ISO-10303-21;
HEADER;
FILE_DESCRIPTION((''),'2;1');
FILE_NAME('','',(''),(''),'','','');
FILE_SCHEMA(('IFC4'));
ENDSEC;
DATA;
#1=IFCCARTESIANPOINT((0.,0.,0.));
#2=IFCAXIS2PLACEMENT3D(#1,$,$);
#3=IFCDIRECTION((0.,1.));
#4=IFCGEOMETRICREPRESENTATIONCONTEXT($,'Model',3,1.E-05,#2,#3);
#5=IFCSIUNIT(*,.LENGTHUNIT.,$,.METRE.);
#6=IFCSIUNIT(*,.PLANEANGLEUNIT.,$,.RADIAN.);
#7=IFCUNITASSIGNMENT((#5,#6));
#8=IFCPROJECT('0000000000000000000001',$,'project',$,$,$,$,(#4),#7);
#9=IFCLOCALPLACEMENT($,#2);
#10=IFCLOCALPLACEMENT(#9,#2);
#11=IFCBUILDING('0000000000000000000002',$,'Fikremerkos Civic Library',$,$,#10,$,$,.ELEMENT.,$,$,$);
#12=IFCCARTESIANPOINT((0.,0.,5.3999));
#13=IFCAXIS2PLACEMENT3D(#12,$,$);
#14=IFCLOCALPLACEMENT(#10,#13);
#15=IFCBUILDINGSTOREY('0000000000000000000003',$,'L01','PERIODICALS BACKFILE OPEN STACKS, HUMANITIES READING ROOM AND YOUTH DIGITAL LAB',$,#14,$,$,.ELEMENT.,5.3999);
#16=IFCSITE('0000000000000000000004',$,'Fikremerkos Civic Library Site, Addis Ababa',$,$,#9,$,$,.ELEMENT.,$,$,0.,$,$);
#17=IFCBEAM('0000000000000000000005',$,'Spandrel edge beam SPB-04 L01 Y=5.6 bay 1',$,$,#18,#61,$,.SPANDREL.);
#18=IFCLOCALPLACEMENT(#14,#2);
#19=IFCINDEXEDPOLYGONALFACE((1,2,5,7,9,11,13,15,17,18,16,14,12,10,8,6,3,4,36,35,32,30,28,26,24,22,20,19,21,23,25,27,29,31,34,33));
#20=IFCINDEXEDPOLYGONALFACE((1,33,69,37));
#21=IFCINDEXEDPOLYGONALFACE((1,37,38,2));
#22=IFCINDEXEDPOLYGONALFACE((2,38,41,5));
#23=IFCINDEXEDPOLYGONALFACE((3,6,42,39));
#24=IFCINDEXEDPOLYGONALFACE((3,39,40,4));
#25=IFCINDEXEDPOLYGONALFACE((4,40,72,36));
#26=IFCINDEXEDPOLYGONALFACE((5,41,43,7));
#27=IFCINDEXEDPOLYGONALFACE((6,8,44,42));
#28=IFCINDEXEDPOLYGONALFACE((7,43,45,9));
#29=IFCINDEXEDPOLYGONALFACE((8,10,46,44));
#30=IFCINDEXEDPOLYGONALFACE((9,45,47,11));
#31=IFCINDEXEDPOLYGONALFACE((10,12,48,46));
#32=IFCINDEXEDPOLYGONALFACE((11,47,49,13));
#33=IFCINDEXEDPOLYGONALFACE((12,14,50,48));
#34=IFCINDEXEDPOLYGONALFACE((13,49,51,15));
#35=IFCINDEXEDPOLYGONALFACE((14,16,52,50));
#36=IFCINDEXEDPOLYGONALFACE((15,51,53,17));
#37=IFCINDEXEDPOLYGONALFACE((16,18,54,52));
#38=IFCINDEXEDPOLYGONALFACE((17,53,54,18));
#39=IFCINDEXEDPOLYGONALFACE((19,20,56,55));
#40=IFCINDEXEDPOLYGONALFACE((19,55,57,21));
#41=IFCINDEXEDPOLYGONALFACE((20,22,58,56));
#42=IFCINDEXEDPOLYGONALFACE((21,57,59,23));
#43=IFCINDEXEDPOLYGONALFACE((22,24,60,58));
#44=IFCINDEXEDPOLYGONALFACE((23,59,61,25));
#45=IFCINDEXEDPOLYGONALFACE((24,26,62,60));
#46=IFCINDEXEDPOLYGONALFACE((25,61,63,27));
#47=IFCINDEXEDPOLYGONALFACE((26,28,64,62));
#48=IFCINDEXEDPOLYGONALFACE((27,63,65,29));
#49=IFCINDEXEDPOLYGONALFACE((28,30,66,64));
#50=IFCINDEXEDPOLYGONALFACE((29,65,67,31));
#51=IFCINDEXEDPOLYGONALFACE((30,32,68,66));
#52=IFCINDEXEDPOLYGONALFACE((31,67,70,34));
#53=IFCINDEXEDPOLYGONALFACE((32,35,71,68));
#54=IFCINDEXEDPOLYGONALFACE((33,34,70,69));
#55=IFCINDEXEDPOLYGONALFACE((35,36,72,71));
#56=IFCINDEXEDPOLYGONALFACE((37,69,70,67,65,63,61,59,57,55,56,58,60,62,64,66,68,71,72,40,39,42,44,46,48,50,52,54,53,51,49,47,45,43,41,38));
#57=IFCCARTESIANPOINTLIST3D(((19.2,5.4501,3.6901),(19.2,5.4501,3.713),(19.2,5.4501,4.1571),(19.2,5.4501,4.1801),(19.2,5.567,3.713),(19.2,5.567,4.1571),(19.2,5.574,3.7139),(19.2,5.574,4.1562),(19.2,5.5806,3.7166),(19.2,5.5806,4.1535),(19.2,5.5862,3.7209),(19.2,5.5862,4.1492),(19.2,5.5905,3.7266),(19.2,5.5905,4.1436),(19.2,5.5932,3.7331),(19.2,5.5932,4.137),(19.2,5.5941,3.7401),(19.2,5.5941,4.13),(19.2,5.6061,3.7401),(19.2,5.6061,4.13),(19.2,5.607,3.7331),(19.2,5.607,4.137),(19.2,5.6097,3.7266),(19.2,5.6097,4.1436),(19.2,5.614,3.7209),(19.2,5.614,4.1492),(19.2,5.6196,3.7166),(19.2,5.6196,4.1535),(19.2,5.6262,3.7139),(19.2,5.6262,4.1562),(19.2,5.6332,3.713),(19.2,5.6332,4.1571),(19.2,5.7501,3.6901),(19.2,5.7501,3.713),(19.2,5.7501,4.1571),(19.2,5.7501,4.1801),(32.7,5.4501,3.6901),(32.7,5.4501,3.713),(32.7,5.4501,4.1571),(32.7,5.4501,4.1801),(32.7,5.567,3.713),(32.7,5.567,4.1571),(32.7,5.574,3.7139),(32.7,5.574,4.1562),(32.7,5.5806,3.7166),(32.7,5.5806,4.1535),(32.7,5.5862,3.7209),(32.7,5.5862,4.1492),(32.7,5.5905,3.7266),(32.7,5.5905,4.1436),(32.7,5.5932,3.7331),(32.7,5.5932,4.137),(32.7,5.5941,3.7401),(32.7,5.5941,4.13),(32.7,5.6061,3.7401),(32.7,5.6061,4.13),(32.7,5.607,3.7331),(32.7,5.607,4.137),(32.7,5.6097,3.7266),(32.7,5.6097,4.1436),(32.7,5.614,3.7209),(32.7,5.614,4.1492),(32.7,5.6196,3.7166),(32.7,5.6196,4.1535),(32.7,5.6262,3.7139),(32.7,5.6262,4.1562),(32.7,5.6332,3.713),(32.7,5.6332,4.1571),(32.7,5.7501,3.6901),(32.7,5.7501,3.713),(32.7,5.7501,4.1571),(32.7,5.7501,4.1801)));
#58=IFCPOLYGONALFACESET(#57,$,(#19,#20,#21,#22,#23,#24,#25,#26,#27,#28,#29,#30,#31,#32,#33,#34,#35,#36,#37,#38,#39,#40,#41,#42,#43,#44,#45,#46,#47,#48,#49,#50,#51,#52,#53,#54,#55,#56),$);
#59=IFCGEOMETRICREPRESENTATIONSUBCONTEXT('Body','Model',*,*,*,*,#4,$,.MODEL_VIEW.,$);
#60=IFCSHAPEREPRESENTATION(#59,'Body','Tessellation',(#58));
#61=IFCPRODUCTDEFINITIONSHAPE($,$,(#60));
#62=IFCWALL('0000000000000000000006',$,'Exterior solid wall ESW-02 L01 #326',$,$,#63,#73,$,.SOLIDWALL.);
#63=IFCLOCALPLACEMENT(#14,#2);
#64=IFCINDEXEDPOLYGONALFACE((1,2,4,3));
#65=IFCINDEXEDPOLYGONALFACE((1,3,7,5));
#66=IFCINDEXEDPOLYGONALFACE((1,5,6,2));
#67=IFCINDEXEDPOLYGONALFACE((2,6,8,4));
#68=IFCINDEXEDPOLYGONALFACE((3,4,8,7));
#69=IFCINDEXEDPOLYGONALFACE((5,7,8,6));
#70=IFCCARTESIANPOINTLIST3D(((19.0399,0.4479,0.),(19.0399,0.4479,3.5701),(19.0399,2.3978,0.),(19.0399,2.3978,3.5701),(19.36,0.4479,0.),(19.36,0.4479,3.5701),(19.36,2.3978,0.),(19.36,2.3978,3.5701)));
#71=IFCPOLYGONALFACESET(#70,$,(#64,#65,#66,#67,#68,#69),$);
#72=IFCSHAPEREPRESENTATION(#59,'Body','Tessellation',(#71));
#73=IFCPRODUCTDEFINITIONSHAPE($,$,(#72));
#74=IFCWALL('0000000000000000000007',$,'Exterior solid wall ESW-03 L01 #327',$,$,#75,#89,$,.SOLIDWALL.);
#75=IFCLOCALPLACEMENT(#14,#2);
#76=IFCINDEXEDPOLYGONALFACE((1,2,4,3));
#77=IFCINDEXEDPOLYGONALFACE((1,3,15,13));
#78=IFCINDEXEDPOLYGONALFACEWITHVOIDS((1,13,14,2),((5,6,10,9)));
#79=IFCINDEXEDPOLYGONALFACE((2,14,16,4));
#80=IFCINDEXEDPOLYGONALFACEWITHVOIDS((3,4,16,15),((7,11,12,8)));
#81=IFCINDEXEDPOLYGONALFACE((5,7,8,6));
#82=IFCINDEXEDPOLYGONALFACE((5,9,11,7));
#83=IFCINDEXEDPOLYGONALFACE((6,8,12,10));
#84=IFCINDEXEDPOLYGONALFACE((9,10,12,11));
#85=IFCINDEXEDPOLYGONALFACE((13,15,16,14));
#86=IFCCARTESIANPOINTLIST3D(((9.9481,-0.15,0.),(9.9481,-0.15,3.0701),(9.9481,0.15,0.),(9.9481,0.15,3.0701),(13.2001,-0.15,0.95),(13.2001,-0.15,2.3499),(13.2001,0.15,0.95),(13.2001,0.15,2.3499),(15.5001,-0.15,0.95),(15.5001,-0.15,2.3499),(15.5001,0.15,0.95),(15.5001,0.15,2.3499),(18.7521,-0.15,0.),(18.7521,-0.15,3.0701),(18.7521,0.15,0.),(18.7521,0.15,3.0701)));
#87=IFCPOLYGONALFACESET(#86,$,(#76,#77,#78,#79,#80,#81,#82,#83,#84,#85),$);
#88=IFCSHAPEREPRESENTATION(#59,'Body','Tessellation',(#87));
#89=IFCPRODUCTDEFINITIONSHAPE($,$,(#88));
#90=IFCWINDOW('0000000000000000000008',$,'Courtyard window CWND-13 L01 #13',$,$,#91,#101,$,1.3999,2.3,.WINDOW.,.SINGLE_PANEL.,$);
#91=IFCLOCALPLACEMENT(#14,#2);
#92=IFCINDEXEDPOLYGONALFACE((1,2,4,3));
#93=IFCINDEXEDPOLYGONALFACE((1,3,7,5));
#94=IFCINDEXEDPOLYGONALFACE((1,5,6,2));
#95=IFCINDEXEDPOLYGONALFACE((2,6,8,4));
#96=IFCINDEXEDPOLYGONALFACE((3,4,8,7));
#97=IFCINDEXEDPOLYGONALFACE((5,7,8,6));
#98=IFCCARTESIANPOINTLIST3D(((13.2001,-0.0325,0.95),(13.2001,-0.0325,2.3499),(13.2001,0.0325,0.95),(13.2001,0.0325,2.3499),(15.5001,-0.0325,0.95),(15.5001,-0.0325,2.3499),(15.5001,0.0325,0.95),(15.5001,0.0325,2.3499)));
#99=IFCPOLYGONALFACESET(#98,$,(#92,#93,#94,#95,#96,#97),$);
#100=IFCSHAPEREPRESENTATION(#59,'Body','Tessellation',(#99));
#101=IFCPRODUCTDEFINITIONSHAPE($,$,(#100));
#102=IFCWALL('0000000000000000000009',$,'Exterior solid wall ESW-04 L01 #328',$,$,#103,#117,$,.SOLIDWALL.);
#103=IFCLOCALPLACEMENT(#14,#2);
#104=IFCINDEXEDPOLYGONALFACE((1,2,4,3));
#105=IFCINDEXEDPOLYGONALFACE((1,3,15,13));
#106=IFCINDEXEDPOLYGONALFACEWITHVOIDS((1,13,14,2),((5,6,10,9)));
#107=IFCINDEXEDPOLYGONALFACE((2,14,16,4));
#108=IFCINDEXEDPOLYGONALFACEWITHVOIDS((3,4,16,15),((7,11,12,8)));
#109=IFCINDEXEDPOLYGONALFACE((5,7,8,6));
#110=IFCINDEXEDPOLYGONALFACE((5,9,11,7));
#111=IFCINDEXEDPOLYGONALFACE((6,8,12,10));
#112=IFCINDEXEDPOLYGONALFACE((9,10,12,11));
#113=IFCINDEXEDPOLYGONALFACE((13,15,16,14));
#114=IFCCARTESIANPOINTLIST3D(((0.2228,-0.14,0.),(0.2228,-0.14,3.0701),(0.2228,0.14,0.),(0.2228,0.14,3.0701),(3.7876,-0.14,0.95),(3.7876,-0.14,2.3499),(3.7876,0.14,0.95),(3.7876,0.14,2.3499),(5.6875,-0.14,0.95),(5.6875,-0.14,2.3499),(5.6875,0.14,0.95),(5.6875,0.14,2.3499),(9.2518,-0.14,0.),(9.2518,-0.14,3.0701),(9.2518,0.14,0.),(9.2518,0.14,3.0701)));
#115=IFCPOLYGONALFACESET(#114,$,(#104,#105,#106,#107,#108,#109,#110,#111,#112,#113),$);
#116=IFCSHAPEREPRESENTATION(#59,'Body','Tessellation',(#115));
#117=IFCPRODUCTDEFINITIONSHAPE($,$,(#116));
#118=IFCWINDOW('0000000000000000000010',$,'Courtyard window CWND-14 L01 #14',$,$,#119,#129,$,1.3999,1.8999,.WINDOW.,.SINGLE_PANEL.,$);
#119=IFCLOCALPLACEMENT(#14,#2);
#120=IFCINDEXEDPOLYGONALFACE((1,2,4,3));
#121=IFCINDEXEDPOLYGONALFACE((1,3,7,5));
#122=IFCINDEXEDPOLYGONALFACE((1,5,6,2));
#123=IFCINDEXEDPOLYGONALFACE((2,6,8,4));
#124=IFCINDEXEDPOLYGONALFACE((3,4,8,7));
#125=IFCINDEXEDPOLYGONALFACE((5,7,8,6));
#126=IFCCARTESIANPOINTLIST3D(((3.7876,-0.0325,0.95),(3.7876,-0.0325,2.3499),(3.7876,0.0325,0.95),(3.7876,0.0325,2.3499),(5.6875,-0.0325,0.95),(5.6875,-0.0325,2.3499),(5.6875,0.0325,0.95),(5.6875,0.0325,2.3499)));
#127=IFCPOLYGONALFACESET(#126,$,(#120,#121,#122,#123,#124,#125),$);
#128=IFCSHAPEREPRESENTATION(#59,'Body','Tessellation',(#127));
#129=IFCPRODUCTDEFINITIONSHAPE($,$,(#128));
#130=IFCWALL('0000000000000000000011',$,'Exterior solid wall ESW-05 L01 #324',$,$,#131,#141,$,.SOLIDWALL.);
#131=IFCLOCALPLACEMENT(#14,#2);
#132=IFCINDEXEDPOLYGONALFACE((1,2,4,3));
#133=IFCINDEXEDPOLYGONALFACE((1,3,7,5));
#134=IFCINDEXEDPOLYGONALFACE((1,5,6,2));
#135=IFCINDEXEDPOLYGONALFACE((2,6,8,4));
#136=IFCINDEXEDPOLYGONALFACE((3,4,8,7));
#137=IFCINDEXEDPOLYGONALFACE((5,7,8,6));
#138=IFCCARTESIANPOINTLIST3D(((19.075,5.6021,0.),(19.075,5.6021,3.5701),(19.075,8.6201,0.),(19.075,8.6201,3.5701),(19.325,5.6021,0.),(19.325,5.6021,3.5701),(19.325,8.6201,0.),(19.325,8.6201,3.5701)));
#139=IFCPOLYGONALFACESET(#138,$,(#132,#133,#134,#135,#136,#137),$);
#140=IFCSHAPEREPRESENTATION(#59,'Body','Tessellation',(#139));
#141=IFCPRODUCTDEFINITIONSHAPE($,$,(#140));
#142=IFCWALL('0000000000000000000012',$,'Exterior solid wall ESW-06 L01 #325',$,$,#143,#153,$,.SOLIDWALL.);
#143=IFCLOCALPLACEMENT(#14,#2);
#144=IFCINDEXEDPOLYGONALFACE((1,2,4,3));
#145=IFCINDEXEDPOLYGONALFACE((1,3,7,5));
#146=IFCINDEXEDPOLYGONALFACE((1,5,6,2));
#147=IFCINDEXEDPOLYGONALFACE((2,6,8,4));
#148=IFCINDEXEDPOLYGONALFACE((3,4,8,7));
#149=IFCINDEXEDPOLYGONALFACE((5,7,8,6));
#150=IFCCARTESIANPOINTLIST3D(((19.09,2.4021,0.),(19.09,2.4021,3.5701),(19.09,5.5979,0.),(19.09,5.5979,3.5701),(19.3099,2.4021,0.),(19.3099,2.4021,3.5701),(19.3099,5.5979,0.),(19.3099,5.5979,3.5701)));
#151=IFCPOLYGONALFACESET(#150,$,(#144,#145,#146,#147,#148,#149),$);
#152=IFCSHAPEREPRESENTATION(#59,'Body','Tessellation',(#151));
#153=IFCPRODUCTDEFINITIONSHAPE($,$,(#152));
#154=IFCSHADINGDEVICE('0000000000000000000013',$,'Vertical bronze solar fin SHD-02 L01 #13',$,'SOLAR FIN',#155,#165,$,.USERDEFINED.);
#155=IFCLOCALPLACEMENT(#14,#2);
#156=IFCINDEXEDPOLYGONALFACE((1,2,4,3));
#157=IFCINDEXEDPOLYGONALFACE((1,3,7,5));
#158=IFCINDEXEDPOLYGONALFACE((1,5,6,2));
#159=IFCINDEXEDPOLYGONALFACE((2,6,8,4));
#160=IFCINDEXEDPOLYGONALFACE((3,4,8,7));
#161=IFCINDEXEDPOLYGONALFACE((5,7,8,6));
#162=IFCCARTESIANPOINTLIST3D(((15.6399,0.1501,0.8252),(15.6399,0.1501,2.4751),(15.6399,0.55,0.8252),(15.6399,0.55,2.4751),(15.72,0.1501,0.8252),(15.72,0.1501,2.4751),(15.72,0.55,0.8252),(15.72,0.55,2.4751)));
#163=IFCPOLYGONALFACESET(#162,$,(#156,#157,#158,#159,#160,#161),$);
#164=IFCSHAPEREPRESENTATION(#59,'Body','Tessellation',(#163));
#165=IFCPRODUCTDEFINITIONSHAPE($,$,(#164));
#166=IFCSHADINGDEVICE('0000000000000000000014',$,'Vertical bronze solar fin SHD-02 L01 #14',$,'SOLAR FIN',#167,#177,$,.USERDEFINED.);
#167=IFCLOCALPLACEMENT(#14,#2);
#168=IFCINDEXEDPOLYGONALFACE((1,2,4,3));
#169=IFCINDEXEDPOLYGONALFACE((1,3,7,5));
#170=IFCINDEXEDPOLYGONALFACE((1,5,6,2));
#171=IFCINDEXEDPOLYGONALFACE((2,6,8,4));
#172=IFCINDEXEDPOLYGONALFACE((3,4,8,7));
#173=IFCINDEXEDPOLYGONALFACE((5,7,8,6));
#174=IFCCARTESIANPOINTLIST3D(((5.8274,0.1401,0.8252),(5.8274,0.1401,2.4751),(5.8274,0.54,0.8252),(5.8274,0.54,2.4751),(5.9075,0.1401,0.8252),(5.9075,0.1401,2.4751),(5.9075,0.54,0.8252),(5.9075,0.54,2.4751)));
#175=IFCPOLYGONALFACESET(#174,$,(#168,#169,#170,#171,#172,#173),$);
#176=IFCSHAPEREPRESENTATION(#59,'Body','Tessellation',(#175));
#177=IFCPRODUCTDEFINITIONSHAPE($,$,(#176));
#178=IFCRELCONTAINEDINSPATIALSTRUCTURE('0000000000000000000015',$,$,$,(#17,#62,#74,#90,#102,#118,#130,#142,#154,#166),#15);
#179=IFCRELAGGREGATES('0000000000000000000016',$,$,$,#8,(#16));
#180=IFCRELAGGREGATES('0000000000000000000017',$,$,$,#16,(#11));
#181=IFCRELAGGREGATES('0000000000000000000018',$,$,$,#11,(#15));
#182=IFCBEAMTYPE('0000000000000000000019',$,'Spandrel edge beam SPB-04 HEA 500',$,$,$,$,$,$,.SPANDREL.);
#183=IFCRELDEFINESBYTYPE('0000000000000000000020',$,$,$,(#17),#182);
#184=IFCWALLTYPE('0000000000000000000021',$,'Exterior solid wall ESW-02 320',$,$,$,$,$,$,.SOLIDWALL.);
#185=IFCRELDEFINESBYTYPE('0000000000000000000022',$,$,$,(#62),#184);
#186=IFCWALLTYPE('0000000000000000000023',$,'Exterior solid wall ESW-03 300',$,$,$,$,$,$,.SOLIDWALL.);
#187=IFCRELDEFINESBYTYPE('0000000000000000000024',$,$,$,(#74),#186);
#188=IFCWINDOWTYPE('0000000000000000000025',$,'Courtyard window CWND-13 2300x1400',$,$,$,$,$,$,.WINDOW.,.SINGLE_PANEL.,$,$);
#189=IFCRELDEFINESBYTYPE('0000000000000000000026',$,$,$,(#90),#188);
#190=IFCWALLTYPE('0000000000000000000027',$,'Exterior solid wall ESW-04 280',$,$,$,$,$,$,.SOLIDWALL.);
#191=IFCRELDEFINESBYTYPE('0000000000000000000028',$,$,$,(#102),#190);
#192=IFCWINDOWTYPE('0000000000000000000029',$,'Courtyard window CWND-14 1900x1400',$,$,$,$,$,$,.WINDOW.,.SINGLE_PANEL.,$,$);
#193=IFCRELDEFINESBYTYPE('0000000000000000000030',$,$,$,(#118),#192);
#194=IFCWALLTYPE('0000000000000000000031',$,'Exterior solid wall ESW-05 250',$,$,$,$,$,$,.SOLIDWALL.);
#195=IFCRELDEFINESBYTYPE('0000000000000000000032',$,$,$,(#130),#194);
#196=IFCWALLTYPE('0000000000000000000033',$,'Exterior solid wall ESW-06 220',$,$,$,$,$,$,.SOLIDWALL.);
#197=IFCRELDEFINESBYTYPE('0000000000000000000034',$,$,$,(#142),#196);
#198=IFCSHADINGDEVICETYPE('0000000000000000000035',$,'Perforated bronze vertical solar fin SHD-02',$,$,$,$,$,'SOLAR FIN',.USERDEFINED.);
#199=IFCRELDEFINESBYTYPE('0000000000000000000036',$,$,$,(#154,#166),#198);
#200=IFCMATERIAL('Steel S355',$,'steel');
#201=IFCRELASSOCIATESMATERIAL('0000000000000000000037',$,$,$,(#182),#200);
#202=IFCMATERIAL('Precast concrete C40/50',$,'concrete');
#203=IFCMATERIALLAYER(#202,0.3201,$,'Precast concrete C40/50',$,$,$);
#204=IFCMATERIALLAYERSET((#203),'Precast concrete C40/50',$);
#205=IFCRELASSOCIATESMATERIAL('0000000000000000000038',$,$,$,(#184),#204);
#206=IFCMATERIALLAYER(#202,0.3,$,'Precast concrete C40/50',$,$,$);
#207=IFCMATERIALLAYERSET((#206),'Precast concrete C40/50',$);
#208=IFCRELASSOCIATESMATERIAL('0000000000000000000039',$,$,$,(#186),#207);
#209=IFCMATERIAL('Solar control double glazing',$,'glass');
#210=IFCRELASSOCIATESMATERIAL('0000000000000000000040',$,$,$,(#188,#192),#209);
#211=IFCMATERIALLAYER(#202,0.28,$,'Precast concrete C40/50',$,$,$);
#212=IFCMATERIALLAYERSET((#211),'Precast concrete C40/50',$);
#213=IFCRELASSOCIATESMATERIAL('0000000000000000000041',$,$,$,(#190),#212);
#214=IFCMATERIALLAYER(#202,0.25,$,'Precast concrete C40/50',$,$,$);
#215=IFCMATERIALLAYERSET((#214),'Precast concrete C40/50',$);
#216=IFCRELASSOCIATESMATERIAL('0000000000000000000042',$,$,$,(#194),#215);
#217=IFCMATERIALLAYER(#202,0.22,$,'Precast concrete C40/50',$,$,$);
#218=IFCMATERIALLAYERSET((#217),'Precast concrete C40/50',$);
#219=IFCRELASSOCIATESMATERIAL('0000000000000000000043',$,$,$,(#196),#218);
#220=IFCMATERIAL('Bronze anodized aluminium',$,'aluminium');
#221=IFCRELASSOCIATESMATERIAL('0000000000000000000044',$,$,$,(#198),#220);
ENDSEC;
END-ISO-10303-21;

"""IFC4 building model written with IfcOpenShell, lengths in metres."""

from ifc_helpers import new_model, si_unit, direction, frame, frame_2d, origin, origin_2d, place, context, subcontext, project, spatial, rectangle, i_section, extrude, material, layer, layer_set, material_profile, profile_set, type_object, element, fill, save


model = new_model("IFC4")

# Units and contexts
model_context = context("Model", 3, precision=1e-05, world=origin(), true_north=direction((0.0, 1.0)))
body_context = subcontext(model_context, "Body", "Model", "MODEL_VIEW")
ifc_project = project(units=[si_unit("LENGTHUNIT", "METRE"), si_unit("PLANEANGLEUNIT", "RADIAN")], contexts=[model_context])

# Site, building, storey
site_placement = place(None, origin())
site = spatial("IfcSite", under=ifc_project, at=site_placement, Name="Fikremerkos Civic Library Site, Addis Ababa", CompositionType="ELEMENT", RefElevation=0.0)
building_placement = place(site_placement, origin())
building = spatial("IfcBuilding", under=site, at=building_placement, Name="Fikremerkos Civic Library", CompositionType="ELEMENT")
storey_placement = place(building_placement, frame((0.0, 0.0, 5.3999)))
storey = spatial("IfcBuildingStorey", under=building, at=storey_placement, Name="L01", Description="PERIODICALS BACKFILE OPEN STACKS, HUMANITIES READING ROOM AND YOUTH DIGITAL LAB", CompositionType="ELEMENT", Elevation=5.3999)

# Beam
ifc_material_1 = material(Name="Steel S355", Category="steel")
ifc_material_profile_1 = material_profile(ifc_material_1, i_section(OverallWidth=0.3, OverallDepth=0.49, WebThickness=0.012, FlangeThickness=0.0229, FilletRadius=0.0271, at=origin_2d()), Name="HEA 500")
ifc_profile_set_1 = profile_set([ifc_material_profile_1], Name="Steel S355")
beam_type_1 = type_object("IfcBeamType", Name="Spandrel edge beam SPB-04 HEA 500", PredefinedType="SPANDREL", material=ifc_profile_set_1)
beam_1_placement = place(storey_placement, frame((19.2, 5.6001, 3.9351), z_axis=(1.0, 0.0, 0.0), x_axis=(0.0, 1.0, 0.0)))
element("IfcBeam", 1, at=beam_1_placement, inside=storey, type_object=beam_type_1, Name="Spandrel edge beam SPB-04 L01 Y=5.6 bay 1", PredefinedType="SPANDREL", context=body_context, shape_type="SweptSolid", body=[
    extrude(i_section(OverallWidth=0.3, OverallDepth=0.49, WebThickness=0.012, FlangeThickness=0.0229, FilletRadius=0.0271, at=origin_2d()), origin(), (0.0, 0.0, 1.0), 13.5),
])

# Wall
ifc_material_2 = material(Name="Precast concrete C40/50", Category="concrete")
ifc_layer_1 = layer(ifc_material_2, 0.3201, Name="Precast concrete C40/50")
ifc_layer_set_1 = layer_set([ifc_layer_1], Name="Precast concrete C40/50")
wall_type_1 = type_object("IfcWallType", Name="Exterior solid wall ESW-02 320", PredefinedType="SOLIDWALL", material=ifc_layer_set_1)
wall_1_placement = place(storey_placement, frame((19.2, 2.3979, 0.0), z_axis=(0.0, 0.0, 1.0), x_axis=(0.0, -1.0, 0.0)))
element("IfcWall", 2, at=wall_1_placement, inside=storey, type_object=wall_type_1, Name="Exterior solid wall ESW-02 L01 #326", PredefinedType="SOLIDWALL", context=body_context, shape_type="SweptSolid", body=[
    extrude(rectangle(XDim=1.95, YDim=0.3201, at=frame_2d((0.9751, 0.0))), origin(), (0.0, 0.0, 1.0), 3.5701),
])

# Walls, openings, windows
ifc_layer_2 = layer(ifc_material_2, 0.3, Name="Precast concrete C40/50")
ifc_layer_set_2 = layer_set([ifc_layer_2], Name="Precast concrete C40/50")
wall_type_2 = type_object("IfcWallType", Name="Exterior solid wall ESW-03 300", PredefinedType="SOLIDWALL", material=ifc_layer_set_2)
wall_2_placement = place(storey_placement, frame((18.752, 0.0, 0.0), z_axis=(0.0, 0.0, 1.0), x_axis=(-1.0, 0.0, 0.0)))
wall_2 = element("IfcWall", 3, at=wall_2_placement, inside=storey, type_object=wall_type_2, Name="Exterior solid wall ESW-03 L01 #327", PredefinedType="SOLIDWALL", context=body_context, shape_type="SweptSolid", body=[
    extrude(rectangle(XDim=8.804, YDim=0.3, at=frame_2d((4.4019, 0.0))), origin(), (0.0, 0.0, 1.0), 3.0701),
])
opening_1_placement = place(wall_2_placement, frame((3.252, 0.0, 0.95)))
opening_1 = element("IfcOpeningElement", 4, at=opening_1_placement, cuts=wall_2, PredefinedType="OPENING", context=body_context, shape_type="SweptSolid", body=[
    extrude(rectangle(XDim=2.3, YDim=1.3999, at=frame_2d((1.1499, 0.7))), frame((0.0, 0.1599, 0.0), z_axis=(0.0, -1.0, 0.0), x_axis=(1.0, 0.0, 0.0)), (0.0, 0.0, 1.0), 0.3201),
])
ifc_material_3 = material(Name="Solar control double glazing", Category="glass")
window_type_1 = type_object("IfcWindowType", Name="Courtyard window CWND-13 2300x1400", PartitioningType="SINGLE_PANEL", PredefinedType="WINDOW", material=ifc_material_3)
window_1_placement = place(opening_1_placement, origin())
window_1 = element("IfcWindow", 5, at=window_1_placement, inside=storey, type_object=window_type_1, Name="Courtyard window CWND-13 L01 #13", OverallHeight=1.3999, OverallWidth=2.3, PartitioningType="SINGLE_PANEL", PredefinedType="WINDOW", context=body_context, shape_type="SweptSolid", body=[
    extrude(rectangle(XDim=2.3, YDim=1.3999, at=frame_2d((1.1499, 0.7))), frame((0.0, 0.0325, 0.0), z_axis=(0.0, -1.0, 0.0), x_axis=(1.0, 0.0, 0.0)), (0.0, 0.0, 1.0), 0.0649),
])
fill(opening_1, window_1)
ifc_layer_3 = layer(ifc_material_2, 0.28, Name="Precast concrete C40/50")
ifc_layer_set_3 = layer_set([ifc_layer_3], Name="Precast concrete C40/50")
wall_type_3 = type_object("IfcWallType", Name="Exterior solid wall ESW-04 280", PredefinedType="SOLIDWALL", material=ifc_layer_set_3)
wall_3_placement = place(storey_placement, frame((9.252, 0.0, 0.0), z_axis=(0.0, 0.0, 1.0), x_axis=(-1.0, 0.0, 0.0)))
wall_3 = element("IfcWall", 6, at=wall_3_placement, inside=storey, type_object=wall_type_3, Name="Exterior solid wall ESW-04 L01 #328", PredefinedType="SOLIDWALL", context=body_context, shape_type="SweptSolid", body=[
    extrude(rectangle(XDim=9.0291, YDim=0.28, at=frame_2d((4.5146, 0.0))), origin(), (0.0, 0.0, 1.0), 3.0701),
])
opening_2_placement = place(wall_3_placement, frame((3.5645, 0.0, 0.95)))
opening_2 = element("IfcOpeningElement", 7, at=opening_2_placement, cuts=wall_3, PredefinedType="OPENING", context=body_context, shape_type="SweptSolid", body=[
    extrude(rectangle(XDim=1.8999, YDim=1.3999, at=frame_2d((0.95, 0.7))), frame((0.0, 0.1499, 0.0), z_axis=(0.0, -1.0, 0.0), x_axis=(1.0, 0.0, 0.0)), (0.0, 0.0, 1.0), 0.3),
])
window_type_2 = type_object("IfcWindowType", Name="Courtyard window CWND-14 1900x1400", PartitioningType="SINGLE_PANEL", PredefinedType="WINDOW", material=ifc_material_3)
window_2_placement = place(opening_2_placement, origin())
window_2 = element("IfcWindow", 8, at=window_2_placement, inside=storey, type_object=window_type_2, Name="Courtyard window CWND-14 L01 #14", OverallHeight=1.3999, OverallWidth=1.8999, PartitioningType="SINGLE_PANEL", PredefinedType="WINDOW", context=body_context, shape_type="SweptSolid", body=[
    extrude(rectangle(XDim=1.8999, YDim=1.3999, at=frame_2d((0.95, 0.7))), frame((0.0, 0.0325, 0.0), z_axis=(0.0, -1.0, 0.0), x_axis=(1.0, 0.0, 0.0)), (0.0, 0.0, 1.0), 0.0649),
])
fill(opening_2, window_2)

# Walls
ifc_layer_4 = layer(ifc_material_2, 0.25, Name="Precast concrete C40/50")
ifc_layer_set_4 = layer_set([ifc_layer_4], Name="Precast concrete C40/50")
wall_type_4 = type_object("IfcWallType", Name="Exterior solid wall ESW-05 250", PredefinedType="SOLIDWALL", material=ifc_layer_set_4)
wall_4_placement = place(storey_placement, frame((19.2, 8.6201, 0.0), z_axis=(0.0, 0.0, 1.0), x_axis=(0.0, -1.0, 0.0)))
element("IfcWall", 9, at=wall_4_placement, inside=storey, type_object=wall_type_4, Name="Exterior solid wall ESW-05 L01 #324", PredefinedType="SOLIDWALL", context=body_context, shape_type="SweptSolid", body=[
    extrude(rectangle(XDim=3.0181, YDim=0.25, at=frame_2d((1.509, 0.0))), origin(), (0.0, 0.0, 1.0), 3.5701),
])
ifc_layer_5 = layer(ifc_material_2, 0.22, Name="Precast concrete C40/50")
ifc_layer_set_5 = layer_set([ifc_layer_5], Name="Precast concrete C40/50")
wall_type_5 = type_object("IfcWallType", Name="Exterior solid wall ESW-06 220", PredefinedType="SOLIDWALL", material=ifc_layer_set_5)
wall_5_placement = place(storey_placement, frame((19.2, 5.5979, 0.0), z_axis=(0.0, 0.0, 1.0), x_axis=(0.0, -1.0, 0.0)))
element("IfcWall", 10, at=wall_5_placement, inside=storey, type_object=wall_type_5, Name="Exterior solid wall ESW-06 L01 #325", PredefinedType="SOLIDWALL", context=body_context, shape_type="SweptSolid", body=[
    extrude(rectangle(XDim=3.1958, YDim=0.22, at=frame_2d((1.5979, 0.0))), origin(), (0.0, 0.0, 1.0), 3.5701),
])

# Shading devices
ifc_material_4 = material(Name="Bronze anodized aluminium", Category="aluminium")
shading_device_type = type_object("IfcShadingDeviceType", Name="Perforated bronze vertical solar fin SHD-02", ElementType="SOLAR FIN", PredefinedType="USERDEFINED", material=ifc_material_4)
for number, where, z_axis, x_axis, name in (
    (11, (15.6799, 0.3501, 0.8252), (0.0, 0.0, 1.0), (1.0, 0.0, 0.0), "Vertical bronze solar fin SHD-02 L01 #13"),
    (12, (5.8674, 0.3401, 0.8252), (0.0, 0.0, 1.0), (1.0, 0.0, 0.0), "Vertical bronze solar fin SHD-02 L01 #14"),
):
    element("IfcShadingDevice", number, at=place(storey_placement, frame(where, z_axis=z_axis, x_axis=x_axis)), inside=storey, type_object=shading_device_type, Name=name, ObjectType="SOLAR FIN", PredefinedType="USERDEFINED", context=body_context, shape_type="SweptSolid", body=[
        extrude(rectangle(XDim=0.0801, YDim=0.3999, at=origin_2d()), origin(), (0.0, 0.0, 1.0), 1.6499),
    ])

save(model, "model.ifc")
